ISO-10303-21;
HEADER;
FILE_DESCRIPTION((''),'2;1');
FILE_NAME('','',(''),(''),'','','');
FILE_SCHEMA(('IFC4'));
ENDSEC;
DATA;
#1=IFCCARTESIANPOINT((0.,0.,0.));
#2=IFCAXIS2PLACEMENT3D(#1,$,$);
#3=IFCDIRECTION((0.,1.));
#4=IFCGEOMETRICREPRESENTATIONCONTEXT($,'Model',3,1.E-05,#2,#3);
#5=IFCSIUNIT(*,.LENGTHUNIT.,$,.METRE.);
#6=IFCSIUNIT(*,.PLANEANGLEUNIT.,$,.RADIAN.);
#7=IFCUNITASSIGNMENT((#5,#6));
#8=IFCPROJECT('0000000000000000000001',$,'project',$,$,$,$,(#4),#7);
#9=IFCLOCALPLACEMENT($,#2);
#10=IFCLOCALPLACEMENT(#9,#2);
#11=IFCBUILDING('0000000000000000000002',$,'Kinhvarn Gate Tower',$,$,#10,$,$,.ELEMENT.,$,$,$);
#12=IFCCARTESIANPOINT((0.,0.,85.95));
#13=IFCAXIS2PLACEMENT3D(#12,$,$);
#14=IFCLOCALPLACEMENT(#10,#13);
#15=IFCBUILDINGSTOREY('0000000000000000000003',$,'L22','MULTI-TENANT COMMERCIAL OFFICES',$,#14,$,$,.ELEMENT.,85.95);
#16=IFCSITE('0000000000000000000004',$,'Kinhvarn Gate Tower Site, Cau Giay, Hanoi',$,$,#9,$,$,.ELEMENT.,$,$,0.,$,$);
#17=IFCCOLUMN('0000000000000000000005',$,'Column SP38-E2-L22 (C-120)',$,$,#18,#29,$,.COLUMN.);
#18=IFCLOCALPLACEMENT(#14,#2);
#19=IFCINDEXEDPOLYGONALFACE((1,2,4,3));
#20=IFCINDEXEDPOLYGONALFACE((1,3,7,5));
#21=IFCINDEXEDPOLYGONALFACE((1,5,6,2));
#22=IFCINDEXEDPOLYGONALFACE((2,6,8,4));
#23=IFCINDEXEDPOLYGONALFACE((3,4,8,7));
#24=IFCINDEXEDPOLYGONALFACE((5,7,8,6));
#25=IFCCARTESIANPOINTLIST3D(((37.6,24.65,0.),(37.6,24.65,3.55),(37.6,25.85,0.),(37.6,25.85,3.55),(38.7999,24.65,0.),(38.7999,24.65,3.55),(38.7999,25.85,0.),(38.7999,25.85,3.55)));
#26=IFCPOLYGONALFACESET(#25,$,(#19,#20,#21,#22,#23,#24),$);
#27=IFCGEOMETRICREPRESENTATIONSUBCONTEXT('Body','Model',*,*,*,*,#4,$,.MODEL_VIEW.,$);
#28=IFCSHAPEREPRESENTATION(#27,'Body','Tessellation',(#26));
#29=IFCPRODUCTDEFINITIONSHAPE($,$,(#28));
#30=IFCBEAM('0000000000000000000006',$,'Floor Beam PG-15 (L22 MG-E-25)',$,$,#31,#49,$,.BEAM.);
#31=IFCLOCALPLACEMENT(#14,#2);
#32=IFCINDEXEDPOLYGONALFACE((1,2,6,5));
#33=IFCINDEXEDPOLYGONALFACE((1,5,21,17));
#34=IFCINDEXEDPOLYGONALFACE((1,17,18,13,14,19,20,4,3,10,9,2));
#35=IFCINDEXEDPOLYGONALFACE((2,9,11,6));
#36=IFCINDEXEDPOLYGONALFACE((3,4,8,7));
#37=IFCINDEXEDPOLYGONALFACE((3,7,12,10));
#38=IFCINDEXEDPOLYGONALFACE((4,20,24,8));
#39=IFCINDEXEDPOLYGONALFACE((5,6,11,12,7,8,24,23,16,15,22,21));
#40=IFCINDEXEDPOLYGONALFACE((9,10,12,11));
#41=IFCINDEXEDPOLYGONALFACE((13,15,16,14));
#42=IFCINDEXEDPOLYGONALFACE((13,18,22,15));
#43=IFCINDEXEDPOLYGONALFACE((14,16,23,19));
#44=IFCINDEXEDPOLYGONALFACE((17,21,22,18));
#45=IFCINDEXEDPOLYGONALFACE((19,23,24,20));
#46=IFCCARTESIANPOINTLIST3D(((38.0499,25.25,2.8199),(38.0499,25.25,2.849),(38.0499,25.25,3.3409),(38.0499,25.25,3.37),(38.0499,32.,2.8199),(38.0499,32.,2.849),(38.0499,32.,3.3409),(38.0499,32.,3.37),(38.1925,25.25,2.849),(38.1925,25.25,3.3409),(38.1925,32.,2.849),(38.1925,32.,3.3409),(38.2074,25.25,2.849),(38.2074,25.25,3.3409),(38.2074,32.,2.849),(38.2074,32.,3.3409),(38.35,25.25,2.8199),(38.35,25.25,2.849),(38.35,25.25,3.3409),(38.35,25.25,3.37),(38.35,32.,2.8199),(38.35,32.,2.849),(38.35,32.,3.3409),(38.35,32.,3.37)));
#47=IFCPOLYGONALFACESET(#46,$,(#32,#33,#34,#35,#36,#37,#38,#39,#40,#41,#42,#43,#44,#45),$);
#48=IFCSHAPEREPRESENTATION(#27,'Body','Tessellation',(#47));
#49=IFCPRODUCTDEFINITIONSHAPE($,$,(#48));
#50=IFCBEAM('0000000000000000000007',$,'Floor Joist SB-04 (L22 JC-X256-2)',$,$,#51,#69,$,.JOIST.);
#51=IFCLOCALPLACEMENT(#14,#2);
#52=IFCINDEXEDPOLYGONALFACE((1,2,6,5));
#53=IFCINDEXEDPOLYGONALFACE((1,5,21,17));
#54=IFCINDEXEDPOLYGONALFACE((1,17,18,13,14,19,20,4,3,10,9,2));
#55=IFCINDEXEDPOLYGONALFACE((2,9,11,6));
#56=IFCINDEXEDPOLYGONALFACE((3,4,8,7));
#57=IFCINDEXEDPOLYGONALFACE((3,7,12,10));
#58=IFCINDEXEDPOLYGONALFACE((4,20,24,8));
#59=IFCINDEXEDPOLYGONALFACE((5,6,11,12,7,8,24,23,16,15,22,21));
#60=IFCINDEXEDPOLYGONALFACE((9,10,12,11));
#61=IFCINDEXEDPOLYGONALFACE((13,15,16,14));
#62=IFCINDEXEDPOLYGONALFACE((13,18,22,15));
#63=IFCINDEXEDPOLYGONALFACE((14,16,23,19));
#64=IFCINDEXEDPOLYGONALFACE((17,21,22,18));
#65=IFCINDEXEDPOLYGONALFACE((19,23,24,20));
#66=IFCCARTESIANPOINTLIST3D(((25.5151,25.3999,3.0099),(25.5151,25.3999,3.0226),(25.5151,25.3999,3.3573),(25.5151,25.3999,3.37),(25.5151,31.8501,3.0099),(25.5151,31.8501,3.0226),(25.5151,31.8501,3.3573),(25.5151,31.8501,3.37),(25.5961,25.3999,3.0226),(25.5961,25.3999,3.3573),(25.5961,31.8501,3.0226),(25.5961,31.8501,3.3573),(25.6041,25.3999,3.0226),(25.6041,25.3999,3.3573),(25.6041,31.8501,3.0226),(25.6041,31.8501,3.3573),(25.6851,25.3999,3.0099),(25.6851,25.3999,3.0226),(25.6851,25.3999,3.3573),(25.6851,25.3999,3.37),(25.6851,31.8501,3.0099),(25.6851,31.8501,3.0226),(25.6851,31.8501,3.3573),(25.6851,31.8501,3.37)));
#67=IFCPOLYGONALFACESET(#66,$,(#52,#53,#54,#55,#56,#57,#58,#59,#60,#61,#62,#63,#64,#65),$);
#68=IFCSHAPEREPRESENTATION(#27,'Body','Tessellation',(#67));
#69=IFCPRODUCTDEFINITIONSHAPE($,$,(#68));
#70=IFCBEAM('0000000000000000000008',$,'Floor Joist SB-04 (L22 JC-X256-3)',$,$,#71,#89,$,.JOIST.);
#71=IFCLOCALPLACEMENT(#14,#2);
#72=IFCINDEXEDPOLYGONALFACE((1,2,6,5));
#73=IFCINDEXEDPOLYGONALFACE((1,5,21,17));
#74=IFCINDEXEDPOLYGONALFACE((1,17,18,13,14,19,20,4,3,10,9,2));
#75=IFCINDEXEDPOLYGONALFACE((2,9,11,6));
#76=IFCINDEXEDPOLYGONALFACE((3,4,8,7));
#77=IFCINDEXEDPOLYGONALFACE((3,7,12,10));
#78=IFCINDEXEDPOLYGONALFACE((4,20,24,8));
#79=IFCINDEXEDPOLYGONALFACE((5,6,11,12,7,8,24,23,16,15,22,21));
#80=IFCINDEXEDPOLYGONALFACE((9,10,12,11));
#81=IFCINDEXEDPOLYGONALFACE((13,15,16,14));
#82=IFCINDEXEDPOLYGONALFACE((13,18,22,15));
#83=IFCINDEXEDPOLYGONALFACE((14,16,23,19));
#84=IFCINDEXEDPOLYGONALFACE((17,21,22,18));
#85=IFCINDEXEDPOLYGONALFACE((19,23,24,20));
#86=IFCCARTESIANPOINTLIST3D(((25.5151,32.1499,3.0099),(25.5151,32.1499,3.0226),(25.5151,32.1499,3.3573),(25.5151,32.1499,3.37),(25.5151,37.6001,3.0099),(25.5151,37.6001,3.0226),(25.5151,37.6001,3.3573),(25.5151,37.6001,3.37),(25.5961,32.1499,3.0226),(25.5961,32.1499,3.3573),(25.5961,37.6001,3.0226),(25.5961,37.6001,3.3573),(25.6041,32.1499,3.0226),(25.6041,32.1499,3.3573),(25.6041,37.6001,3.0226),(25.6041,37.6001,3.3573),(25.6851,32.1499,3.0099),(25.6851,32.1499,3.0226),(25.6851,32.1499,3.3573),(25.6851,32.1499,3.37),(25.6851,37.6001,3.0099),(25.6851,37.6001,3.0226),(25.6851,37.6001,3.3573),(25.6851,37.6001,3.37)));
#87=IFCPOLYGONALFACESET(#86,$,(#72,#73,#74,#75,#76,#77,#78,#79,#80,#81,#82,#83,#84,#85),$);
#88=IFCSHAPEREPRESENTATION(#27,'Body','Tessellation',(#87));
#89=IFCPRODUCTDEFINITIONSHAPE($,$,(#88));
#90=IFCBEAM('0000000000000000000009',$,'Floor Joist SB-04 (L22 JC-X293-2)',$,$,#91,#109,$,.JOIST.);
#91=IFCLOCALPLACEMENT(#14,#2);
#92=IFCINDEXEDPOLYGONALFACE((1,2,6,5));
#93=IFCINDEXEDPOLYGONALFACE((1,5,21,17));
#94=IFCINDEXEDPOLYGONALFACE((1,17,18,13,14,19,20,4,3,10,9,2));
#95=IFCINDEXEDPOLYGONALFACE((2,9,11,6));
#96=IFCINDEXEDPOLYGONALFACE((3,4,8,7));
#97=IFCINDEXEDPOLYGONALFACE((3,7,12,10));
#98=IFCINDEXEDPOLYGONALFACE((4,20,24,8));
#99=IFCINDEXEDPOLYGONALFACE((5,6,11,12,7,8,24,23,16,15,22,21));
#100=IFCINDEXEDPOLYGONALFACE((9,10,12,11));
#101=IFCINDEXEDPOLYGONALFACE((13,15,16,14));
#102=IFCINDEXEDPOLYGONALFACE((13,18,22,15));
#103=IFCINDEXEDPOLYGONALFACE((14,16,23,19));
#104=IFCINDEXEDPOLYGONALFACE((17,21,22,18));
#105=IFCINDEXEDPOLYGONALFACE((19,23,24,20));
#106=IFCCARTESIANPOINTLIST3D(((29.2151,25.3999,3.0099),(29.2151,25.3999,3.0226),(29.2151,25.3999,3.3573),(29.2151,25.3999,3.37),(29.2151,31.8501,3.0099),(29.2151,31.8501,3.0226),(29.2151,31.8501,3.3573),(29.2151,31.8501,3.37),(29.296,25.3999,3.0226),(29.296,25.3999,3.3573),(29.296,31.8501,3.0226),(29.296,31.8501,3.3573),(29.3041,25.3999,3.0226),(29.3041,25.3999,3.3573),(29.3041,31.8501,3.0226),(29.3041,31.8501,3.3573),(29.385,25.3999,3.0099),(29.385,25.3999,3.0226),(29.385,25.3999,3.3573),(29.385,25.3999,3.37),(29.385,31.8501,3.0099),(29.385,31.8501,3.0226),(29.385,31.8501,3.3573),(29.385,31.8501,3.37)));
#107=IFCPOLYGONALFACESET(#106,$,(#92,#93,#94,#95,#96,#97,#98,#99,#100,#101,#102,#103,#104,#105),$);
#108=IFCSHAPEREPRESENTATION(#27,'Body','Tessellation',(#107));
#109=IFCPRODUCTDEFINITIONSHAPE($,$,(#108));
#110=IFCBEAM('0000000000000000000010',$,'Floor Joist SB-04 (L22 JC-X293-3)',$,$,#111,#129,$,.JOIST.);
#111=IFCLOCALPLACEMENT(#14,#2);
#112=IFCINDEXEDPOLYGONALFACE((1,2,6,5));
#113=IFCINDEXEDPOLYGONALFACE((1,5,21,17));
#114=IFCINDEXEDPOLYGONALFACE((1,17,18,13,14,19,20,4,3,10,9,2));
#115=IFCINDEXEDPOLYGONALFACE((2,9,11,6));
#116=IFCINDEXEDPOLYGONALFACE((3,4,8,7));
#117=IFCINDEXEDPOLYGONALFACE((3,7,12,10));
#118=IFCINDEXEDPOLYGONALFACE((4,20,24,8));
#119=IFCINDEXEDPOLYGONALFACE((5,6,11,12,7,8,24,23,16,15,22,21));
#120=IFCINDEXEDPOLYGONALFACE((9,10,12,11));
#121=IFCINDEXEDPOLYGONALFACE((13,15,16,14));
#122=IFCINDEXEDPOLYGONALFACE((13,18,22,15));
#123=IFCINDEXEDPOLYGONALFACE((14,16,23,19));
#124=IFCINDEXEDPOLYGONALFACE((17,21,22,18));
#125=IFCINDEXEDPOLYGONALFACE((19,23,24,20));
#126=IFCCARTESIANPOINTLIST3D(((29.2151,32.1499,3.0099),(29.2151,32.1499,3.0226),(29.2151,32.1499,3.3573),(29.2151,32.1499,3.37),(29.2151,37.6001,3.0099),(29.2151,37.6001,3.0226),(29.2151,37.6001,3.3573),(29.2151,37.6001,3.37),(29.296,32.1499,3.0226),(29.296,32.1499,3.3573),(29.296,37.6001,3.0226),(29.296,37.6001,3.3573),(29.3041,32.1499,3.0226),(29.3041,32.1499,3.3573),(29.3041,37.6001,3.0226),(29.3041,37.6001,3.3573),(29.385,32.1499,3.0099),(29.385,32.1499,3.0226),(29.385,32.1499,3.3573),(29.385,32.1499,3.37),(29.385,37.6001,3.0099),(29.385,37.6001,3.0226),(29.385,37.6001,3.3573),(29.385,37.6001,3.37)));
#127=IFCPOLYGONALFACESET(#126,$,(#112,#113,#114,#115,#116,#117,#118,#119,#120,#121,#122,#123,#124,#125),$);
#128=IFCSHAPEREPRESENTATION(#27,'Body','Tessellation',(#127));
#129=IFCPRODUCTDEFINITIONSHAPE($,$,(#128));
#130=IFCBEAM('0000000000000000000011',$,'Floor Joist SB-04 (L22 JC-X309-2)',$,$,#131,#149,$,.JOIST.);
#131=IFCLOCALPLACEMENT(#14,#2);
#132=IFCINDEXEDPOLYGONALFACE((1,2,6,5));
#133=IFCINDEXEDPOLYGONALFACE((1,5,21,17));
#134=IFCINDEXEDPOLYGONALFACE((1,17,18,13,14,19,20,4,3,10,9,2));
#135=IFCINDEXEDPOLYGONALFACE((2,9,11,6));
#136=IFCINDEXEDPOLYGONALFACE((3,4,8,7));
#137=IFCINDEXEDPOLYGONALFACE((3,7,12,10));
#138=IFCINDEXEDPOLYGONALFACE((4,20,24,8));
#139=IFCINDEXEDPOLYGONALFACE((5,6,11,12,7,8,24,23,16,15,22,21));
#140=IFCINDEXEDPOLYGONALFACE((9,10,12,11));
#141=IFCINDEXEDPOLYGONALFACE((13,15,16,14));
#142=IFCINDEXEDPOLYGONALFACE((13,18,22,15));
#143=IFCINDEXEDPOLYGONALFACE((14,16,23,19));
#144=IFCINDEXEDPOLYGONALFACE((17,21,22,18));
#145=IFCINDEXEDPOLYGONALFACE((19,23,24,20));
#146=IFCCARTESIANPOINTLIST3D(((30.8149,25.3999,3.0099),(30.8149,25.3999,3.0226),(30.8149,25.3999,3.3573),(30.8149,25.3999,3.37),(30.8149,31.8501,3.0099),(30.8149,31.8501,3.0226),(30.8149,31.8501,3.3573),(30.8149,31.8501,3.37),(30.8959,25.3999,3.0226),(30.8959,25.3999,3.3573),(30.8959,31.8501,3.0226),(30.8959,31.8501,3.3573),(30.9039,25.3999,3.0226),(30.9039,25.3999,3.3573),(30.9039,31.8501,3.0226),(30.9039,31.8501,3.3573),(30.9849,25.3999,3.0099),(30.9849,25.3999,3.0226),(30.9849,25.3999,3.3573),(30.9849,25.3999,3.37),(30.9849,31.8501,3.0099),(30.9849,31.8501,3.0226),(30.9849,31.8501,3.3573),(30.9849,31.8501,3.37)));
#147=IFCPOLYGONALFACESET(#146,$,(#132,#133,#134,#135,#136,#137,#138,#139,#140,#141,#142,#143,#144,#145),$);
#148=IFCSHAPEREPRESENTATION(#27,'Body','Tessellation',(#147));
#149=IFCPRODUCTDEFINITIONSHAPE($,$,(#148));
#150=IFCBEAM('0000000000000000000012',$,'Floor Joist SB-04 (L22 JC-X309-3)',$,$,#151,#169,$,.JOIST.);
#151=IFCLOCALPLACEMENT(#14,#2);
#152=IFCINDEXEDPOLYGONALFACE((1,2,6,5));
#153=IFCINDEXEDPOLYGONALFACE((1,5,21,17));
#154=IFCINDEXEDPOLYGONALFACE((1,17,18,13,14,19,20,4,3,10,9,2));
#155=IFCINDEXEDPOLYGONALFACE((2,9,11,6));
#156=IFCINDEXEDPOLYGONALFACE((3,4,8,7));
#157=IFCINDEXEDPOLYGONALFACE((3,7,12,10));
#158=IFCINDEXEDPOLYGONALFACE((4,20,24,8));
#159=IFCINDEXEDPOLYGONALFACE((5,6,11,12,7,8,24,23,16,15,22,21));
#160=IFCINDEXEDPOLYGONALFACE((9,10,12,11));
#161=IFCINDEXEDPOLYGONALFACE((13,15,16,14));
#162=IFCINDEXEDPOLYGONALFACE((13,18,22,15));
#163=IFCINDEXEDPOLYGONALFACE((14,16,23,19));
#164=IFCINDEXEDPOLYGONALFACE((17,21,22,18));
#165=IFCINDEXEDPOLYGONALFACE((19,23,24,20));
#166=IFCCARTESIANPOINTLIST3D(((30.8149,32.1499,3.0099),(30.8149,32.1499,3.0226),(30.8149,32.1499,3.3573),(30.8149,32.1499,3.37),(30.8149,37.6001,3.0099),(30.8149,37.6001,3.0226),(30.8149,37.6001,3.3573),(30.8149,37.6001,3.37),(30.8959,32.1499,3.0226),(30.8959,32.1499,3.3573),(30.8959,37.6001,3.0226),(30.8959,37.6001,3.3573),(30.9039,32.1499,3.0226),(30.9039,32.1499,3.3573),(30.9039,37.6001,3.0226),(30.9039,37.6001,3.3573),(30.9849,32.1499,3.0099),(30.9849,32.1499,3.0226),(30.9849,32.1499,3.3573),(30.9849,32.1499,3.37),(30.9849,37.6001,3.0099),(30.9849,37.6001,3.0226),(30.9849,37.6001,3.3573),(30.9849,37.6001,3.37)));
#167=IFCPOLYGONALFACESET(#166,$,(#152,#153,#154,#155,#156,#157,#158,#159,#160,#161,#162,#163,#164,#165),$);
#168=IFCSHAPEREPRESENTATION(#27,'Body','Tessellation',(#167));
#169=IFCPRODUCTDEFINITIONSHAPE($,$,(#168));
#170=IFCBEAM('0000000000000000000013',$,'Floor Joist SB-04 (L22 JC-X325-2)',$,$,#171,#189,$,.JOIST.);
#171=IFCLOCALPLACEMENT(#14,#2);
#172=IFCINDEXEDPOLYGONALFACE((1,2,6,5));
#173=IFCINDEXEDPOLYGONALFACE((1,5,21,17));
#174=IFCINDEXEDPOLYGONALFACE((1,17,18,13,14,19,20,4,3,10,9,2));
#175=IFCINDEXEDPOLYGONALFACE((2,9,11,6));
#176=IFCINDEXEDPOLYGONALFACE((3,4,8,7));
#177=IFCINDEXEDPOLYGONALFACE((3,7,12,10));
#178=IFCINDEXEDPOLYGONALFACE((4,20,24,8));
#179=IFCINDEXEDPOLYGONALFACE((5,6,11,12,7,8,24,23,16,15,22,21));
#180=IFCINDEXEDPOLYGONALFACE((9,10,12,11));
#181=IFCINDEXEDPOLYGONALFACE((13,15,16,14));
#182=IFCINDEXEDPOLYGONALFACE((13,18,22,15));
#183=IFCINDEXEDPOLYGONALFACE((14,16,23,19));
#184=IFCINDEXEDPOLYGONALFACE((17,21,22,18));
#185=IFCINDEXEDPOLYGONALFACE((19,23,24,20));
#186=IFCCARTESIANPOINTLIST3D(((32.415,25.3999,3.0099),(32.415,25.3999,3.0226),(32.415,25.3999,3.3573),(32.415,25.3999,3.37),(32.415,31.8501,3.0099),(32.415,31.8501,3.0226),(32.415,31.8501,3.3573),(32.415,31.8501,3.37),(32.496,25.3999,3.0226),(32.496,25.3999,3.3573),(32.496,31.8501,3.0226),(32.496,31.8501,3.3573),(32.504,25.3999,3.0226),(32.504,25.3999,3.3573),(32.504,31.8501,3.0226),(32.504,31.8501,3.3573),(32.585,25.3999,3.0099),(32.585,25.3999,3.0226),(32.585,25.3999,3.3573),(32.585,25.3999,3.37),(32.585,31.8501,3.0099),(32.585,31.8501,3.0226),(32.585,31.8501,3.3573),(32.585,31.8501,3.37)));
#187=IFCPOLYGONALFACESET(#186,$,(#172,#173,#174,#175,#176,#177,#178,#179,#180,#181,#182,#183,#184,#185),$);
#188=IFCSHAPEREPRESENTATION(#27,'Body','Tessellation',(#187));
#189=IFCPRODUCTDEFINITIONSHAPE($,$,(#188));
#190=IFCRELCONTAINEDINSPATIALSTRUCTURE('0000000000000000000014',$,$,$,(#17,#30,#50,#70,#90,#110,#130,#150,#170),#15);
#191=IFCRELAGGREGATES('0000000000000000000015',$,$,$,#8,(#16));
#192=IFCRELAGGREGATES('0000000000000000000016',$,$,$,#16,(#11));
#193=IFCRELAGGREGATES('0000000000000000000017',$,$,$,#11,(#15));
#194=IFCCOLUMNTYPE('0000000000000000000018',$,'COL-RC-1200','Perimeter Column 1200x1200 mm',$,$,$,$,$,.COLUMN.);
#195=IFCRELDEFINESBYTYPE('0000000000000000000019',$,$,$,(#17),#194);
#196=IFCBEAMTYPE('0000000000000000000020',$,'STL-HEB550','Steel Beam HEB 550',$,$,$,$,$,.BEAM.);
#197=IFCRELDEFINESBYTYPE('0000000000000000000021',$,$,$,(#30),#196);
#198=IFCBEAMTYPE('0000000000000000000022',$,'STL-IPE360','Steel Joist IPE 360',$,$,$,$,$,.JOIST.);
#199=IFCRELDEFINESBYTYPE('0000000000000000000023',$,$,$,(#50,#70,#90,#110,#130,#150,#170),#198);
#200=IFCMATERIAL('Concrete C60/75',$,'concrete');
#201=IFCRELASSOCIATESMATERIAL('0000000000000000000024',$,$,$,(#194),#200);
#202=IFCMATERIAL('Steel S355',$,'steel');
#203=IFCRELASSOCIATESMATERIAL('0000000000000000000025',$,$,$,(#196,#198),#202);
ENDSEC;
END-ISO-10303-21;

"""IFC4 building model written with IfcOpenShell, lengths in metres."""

from ifc_helpers import new_model, si_unit, direction, frame, origin, origin_2d, place, context, subcontext, project, spatial, rectangle, i_section, extrude, material, material_profile, profile_set, type_object, element, save


model = new_model("IFC4")

# Units and contexts
model_context = context("Model", 3, precision=1e-05, world=origin(), true_north=direction((0.0, 1.0)))
body_context = subcontext(model_context, "Body", "Model", "MODEL_VIEW")
ifc_project = project(units=[si_unit("LENGTHUNIT", "METRE"), si_unit("PLANEANGLEUNIT", "RADIAN")], contexts=[model_context])

# Site, building, storey
site_placement = place(None, origin())
site = spatial("IfcSite", under=ifc_project, at=site_placement, Name="Kinhvarn Gate Tower Site, Cau Giay, Hanoi", CompositionType="ELEMENT", RefElevation=0.0)
building_placement = place(site_placement, origin())
building = spatial("IfcBuilding", under=site, at=building_placement, Name="Kinhvarn Gate Tower", CompositionType="ELEMENT")
storey_placement = place(building_placement, frame((0.0, 0.0, 85.95)))
storey = spatial("IfcBuildingStorey", under=building, at=storey_placement, Name="L22", Description="MULTI-TENANT COMMERCIAL OFFICES", CompositionType="ELEMENT", Elevation=85.95)

# Column
ifc_material_1 = material(Name="Concrete C60/75", Category="concrete")
ifc_material_profile_1 = material_profile(ifc_material_1, rectangle(XDim=1.2, YDim=1.2, at=origin_2d()), Name="RC 1200x1200")
ifc_profile_set_1 = profile_set([ifc_material_profile_1], Name="Concrete C60/75")
column_type = type_object("IfcColumnType", Name="COL-RC-1200", Description="Perimeter Column 1200x1200 mm", PredefinedType="COLUMN", material=ifc_profile_set_1)
column_placement = place(storey_placement, frame((38.2, 25.25, 0.0), z_axis=(0.0, 0.0, 1.0), x_axis=(1.0, 0.0, 0.0)))
element("IfcColumn", 1, at=column_placement, inside=storey, type_object=column_type, Name="Column SP38-E2-L22 (C-120)", PredefinedType="COLUMN", context=body_context, shape_type="SweptSolid", body=[
    extrude(rectangle(XDim=1.2, YDim=1.2, at=origin_2d()), origin(), (0.0, 0.0, 1.0), 3.55),
])

# Beams
ifc_material_2 = material(Name="Steel S355", Category="steel")
ifc_material_profile_2 = material_profile(ifc_material_2, i_section(OverallWidth=0.3, OverallDepth=0.55, WebThickness=0.0149, FlangeThickness=0.0291, at=origin_2d()), Name="HEB 550")
ifc_profile_set_2 = profile_set([ifc_material_profile_2], Name="Steel S355")
beam_type_1 = type_object("IfcBeamType", Name="STL-HEB550", Description="Steel Beam HEB 550", PredefinedType="BEAM", material=ifc_profile_set_2)
beam_1_placement = place(storey_placement, frame((38.2, 25.25, 3.095), z_axis=(0.0, 1.0, 0.0), x_axis=(-1.0, 0.0, 0.0)))
element("IfcBeam", 2, at=beam_1_placement, inside=storey, type_object=beam_type_1, Name="Floor Beam PG-15 (L22 MG-E-25)", PredefinedType="BEAM", context=body_context, shape_type="SweptSolid", body=[
    extrude(i_section(OverallWidth=0.3, OverallDepth=0.55, WebThickness=0.0149, FlangeThickness=0.0291, at=origin_2d()), origin(), (0.0, 0.0, 1.0), 6.75),
])
ifc_material_profile_3 = material_profile(ifc_material_2, i_section(OverallWidth=0.1699, OverallDepth=0.3601, WebThickness=0.0081, FlangeThickness=0.0127, at=origin_2d()), Name="IPE 360")
ifc_profile_set_3 = profile_set([ifc_material_profile_3], Name="Steel S355")
beam_type_2 = type_object("IfcBeamType", Name="STL-IPE360", Description="Steel Joist IPE 360", PredefinedType="JOIST", material=ifc_profile_set_3)
beam_2_placement = place(storey_placement, frame((25.6001, 25.3999, 3.1899), z_axis=(0.0, 1.0, 0.0), x_axis=(-1.0, 0.0, 0.0)))
element("IfcBeam", 3, at=beam_2_placement, inside=storey, type_object=beam_type_2, Name="Floor Joist SB-04 (L22 JC-X256-2)", PredefinedType="JOIST", context=body_context, shape_type="SweptSolid", body=[
    extrude(i_section(OverallWidth=0.1699, OverallDepth=0.3601, WebThickness=0.0081, FlangeThickness=0.0127, at=origin_2d()), origin(), (0.0, 0.0, 1.0), 6.4502),
])
beam_3_placement = place(storey_placement, frame((25.6001, 32.1499, 3.1899), z_axis=(0.0, 1.0, 0.0), x_axis=(-1.0, 0.0, 0.0)))
element("IfcBeam", 4, at=beam_3_placement, inside=storey, type_object=beam_type_2, Name="Floor Joist SB-04 (L22 JC-X256-3)", PredefinedType="JOIST", context=body_context, shape_type="SweptSolid", body=[
    extrude(i_section(OverallWidth=0.1699, OverallDepth=0.3601, WebThickness=0.0081, FlangeThickness=0.0127, at=origin_2d()), origin(), (0.0, 0.0, 1.0), 5.4502),
])
beam_4_placement = place(storey_placement, frame((29.3, 25.3999, 3.1899), z_axis=(0.0, 1.0, 0.0), x_axis=(-1.0, 0.0, 0.0)))
element("IfcBeam", 5, at=beam_4_placement, inside=storey, type_object=beam_type_2, Name="Floor Joist SB-04 (L22 JC-X293-2)", PredefinedType="JOIST", context=body_context, shape_type="SweptSolid", body=[
    extrude(i_section(OverallWidth=0.1699, OverallDepth=0.3601, WebThickness=0.0081, FlangeThickness=0.0127, at=origin_2d()), origin(), (0.0, 0.0, 1.0), 6.4502),
])
beam_5_placement = place(storey_placement, frame((29.3, 32.1499, 3.1899), z_axis=(0.0, 1.0, 0.0), x_axis=(-1.0, 0.0, 0.0)))
element("IfcBeam", 6, at=beam_5_placement, inside=storey, type_object=beam_type_2, Name="Floor Joist SB-04 (L22 JC-X293-3)", PredefinedType="JOIST", context=body_context, shape_type="SweptSolid", body=[
    extrude(i_section(OverallWidth=0.1699, OverallDepth=0.3601, WebThickness=0.0081, FlangeThickness=0.0127, at=origin_2d()), origin(), (0.0, 0.0, 1.0), 5.4502),
])
beam_6_placement = place(storey_placement, frame((30.8999, 25.3999, 3.1899), z_axis=(0.0, 1.0, 0.0), x_axis=(-1.0, 0.0, 0.0)))
element("IfcBeam", 7, at=beam_6_placement, inside=storey, type_object=beam_type_2, Name="Floor Joist SB-04 (L22 JC-X309-2)", PredefinedType="JOIST", context=body_context, shape_type="SweptSolid", body=[
    extrude(i_section(OverallWidth=0.1699, OverallDepth=0.3601, WebThickness=0.0081, FlangeThickness=0.0127, at=origin_2d()), origin(), (0.0, 0.0, 1.0), 6.4502),
])
beam_7_placement = place(storey_placement, frame((30.8999, 32.1499, 3.1899), z_axis=(0.0, 1.0, 0.0), x_axis=(-1.0, 0.0, 0.0)))
element("IfcBeam", 8, at=beam_7_placement, inside=storey, type_object=beam_type_2, Name="Floor Joist SB-04 (L22 JC-X309-3)", PredefinedType="JOIST", context=body_context, shape_type="SweptSolid", body=[
    extrude(i_section(OverallWidth=0.1699, OverallDepth=0.3601, WebThickness=0.0081, FlangeThickness=0.0127, at=origin_2d()), origin(), (0.0, 0.0, 1.0), 5.4502),
])
beam_8_placement = place(storey_placement, frame((32.5, 25.3999, 3.1899), z_axis=(0.0, 1.0, 0.0), x_axis=(-1.0, 0.0, 0.0)))
element("IfcBeam", 9, at=beam_8_placement, inside=storey, type_object=beam_type_2, Name="Floor Joist SB-04 (L22 JC-X325-2)", PredefinedType="JOIST", context=body_context, shape_type="SweptSolid", body=[
    extrude(i_section(OverallWidth=0.1699, OverallDepth=0.3601, WebThickness=0.0081, FlangeThickness=0.0127, at=origin_2d()), origin(), (0.0, 0.0, 1.0), 6.4502),
])

save(model, "model.ifc")
